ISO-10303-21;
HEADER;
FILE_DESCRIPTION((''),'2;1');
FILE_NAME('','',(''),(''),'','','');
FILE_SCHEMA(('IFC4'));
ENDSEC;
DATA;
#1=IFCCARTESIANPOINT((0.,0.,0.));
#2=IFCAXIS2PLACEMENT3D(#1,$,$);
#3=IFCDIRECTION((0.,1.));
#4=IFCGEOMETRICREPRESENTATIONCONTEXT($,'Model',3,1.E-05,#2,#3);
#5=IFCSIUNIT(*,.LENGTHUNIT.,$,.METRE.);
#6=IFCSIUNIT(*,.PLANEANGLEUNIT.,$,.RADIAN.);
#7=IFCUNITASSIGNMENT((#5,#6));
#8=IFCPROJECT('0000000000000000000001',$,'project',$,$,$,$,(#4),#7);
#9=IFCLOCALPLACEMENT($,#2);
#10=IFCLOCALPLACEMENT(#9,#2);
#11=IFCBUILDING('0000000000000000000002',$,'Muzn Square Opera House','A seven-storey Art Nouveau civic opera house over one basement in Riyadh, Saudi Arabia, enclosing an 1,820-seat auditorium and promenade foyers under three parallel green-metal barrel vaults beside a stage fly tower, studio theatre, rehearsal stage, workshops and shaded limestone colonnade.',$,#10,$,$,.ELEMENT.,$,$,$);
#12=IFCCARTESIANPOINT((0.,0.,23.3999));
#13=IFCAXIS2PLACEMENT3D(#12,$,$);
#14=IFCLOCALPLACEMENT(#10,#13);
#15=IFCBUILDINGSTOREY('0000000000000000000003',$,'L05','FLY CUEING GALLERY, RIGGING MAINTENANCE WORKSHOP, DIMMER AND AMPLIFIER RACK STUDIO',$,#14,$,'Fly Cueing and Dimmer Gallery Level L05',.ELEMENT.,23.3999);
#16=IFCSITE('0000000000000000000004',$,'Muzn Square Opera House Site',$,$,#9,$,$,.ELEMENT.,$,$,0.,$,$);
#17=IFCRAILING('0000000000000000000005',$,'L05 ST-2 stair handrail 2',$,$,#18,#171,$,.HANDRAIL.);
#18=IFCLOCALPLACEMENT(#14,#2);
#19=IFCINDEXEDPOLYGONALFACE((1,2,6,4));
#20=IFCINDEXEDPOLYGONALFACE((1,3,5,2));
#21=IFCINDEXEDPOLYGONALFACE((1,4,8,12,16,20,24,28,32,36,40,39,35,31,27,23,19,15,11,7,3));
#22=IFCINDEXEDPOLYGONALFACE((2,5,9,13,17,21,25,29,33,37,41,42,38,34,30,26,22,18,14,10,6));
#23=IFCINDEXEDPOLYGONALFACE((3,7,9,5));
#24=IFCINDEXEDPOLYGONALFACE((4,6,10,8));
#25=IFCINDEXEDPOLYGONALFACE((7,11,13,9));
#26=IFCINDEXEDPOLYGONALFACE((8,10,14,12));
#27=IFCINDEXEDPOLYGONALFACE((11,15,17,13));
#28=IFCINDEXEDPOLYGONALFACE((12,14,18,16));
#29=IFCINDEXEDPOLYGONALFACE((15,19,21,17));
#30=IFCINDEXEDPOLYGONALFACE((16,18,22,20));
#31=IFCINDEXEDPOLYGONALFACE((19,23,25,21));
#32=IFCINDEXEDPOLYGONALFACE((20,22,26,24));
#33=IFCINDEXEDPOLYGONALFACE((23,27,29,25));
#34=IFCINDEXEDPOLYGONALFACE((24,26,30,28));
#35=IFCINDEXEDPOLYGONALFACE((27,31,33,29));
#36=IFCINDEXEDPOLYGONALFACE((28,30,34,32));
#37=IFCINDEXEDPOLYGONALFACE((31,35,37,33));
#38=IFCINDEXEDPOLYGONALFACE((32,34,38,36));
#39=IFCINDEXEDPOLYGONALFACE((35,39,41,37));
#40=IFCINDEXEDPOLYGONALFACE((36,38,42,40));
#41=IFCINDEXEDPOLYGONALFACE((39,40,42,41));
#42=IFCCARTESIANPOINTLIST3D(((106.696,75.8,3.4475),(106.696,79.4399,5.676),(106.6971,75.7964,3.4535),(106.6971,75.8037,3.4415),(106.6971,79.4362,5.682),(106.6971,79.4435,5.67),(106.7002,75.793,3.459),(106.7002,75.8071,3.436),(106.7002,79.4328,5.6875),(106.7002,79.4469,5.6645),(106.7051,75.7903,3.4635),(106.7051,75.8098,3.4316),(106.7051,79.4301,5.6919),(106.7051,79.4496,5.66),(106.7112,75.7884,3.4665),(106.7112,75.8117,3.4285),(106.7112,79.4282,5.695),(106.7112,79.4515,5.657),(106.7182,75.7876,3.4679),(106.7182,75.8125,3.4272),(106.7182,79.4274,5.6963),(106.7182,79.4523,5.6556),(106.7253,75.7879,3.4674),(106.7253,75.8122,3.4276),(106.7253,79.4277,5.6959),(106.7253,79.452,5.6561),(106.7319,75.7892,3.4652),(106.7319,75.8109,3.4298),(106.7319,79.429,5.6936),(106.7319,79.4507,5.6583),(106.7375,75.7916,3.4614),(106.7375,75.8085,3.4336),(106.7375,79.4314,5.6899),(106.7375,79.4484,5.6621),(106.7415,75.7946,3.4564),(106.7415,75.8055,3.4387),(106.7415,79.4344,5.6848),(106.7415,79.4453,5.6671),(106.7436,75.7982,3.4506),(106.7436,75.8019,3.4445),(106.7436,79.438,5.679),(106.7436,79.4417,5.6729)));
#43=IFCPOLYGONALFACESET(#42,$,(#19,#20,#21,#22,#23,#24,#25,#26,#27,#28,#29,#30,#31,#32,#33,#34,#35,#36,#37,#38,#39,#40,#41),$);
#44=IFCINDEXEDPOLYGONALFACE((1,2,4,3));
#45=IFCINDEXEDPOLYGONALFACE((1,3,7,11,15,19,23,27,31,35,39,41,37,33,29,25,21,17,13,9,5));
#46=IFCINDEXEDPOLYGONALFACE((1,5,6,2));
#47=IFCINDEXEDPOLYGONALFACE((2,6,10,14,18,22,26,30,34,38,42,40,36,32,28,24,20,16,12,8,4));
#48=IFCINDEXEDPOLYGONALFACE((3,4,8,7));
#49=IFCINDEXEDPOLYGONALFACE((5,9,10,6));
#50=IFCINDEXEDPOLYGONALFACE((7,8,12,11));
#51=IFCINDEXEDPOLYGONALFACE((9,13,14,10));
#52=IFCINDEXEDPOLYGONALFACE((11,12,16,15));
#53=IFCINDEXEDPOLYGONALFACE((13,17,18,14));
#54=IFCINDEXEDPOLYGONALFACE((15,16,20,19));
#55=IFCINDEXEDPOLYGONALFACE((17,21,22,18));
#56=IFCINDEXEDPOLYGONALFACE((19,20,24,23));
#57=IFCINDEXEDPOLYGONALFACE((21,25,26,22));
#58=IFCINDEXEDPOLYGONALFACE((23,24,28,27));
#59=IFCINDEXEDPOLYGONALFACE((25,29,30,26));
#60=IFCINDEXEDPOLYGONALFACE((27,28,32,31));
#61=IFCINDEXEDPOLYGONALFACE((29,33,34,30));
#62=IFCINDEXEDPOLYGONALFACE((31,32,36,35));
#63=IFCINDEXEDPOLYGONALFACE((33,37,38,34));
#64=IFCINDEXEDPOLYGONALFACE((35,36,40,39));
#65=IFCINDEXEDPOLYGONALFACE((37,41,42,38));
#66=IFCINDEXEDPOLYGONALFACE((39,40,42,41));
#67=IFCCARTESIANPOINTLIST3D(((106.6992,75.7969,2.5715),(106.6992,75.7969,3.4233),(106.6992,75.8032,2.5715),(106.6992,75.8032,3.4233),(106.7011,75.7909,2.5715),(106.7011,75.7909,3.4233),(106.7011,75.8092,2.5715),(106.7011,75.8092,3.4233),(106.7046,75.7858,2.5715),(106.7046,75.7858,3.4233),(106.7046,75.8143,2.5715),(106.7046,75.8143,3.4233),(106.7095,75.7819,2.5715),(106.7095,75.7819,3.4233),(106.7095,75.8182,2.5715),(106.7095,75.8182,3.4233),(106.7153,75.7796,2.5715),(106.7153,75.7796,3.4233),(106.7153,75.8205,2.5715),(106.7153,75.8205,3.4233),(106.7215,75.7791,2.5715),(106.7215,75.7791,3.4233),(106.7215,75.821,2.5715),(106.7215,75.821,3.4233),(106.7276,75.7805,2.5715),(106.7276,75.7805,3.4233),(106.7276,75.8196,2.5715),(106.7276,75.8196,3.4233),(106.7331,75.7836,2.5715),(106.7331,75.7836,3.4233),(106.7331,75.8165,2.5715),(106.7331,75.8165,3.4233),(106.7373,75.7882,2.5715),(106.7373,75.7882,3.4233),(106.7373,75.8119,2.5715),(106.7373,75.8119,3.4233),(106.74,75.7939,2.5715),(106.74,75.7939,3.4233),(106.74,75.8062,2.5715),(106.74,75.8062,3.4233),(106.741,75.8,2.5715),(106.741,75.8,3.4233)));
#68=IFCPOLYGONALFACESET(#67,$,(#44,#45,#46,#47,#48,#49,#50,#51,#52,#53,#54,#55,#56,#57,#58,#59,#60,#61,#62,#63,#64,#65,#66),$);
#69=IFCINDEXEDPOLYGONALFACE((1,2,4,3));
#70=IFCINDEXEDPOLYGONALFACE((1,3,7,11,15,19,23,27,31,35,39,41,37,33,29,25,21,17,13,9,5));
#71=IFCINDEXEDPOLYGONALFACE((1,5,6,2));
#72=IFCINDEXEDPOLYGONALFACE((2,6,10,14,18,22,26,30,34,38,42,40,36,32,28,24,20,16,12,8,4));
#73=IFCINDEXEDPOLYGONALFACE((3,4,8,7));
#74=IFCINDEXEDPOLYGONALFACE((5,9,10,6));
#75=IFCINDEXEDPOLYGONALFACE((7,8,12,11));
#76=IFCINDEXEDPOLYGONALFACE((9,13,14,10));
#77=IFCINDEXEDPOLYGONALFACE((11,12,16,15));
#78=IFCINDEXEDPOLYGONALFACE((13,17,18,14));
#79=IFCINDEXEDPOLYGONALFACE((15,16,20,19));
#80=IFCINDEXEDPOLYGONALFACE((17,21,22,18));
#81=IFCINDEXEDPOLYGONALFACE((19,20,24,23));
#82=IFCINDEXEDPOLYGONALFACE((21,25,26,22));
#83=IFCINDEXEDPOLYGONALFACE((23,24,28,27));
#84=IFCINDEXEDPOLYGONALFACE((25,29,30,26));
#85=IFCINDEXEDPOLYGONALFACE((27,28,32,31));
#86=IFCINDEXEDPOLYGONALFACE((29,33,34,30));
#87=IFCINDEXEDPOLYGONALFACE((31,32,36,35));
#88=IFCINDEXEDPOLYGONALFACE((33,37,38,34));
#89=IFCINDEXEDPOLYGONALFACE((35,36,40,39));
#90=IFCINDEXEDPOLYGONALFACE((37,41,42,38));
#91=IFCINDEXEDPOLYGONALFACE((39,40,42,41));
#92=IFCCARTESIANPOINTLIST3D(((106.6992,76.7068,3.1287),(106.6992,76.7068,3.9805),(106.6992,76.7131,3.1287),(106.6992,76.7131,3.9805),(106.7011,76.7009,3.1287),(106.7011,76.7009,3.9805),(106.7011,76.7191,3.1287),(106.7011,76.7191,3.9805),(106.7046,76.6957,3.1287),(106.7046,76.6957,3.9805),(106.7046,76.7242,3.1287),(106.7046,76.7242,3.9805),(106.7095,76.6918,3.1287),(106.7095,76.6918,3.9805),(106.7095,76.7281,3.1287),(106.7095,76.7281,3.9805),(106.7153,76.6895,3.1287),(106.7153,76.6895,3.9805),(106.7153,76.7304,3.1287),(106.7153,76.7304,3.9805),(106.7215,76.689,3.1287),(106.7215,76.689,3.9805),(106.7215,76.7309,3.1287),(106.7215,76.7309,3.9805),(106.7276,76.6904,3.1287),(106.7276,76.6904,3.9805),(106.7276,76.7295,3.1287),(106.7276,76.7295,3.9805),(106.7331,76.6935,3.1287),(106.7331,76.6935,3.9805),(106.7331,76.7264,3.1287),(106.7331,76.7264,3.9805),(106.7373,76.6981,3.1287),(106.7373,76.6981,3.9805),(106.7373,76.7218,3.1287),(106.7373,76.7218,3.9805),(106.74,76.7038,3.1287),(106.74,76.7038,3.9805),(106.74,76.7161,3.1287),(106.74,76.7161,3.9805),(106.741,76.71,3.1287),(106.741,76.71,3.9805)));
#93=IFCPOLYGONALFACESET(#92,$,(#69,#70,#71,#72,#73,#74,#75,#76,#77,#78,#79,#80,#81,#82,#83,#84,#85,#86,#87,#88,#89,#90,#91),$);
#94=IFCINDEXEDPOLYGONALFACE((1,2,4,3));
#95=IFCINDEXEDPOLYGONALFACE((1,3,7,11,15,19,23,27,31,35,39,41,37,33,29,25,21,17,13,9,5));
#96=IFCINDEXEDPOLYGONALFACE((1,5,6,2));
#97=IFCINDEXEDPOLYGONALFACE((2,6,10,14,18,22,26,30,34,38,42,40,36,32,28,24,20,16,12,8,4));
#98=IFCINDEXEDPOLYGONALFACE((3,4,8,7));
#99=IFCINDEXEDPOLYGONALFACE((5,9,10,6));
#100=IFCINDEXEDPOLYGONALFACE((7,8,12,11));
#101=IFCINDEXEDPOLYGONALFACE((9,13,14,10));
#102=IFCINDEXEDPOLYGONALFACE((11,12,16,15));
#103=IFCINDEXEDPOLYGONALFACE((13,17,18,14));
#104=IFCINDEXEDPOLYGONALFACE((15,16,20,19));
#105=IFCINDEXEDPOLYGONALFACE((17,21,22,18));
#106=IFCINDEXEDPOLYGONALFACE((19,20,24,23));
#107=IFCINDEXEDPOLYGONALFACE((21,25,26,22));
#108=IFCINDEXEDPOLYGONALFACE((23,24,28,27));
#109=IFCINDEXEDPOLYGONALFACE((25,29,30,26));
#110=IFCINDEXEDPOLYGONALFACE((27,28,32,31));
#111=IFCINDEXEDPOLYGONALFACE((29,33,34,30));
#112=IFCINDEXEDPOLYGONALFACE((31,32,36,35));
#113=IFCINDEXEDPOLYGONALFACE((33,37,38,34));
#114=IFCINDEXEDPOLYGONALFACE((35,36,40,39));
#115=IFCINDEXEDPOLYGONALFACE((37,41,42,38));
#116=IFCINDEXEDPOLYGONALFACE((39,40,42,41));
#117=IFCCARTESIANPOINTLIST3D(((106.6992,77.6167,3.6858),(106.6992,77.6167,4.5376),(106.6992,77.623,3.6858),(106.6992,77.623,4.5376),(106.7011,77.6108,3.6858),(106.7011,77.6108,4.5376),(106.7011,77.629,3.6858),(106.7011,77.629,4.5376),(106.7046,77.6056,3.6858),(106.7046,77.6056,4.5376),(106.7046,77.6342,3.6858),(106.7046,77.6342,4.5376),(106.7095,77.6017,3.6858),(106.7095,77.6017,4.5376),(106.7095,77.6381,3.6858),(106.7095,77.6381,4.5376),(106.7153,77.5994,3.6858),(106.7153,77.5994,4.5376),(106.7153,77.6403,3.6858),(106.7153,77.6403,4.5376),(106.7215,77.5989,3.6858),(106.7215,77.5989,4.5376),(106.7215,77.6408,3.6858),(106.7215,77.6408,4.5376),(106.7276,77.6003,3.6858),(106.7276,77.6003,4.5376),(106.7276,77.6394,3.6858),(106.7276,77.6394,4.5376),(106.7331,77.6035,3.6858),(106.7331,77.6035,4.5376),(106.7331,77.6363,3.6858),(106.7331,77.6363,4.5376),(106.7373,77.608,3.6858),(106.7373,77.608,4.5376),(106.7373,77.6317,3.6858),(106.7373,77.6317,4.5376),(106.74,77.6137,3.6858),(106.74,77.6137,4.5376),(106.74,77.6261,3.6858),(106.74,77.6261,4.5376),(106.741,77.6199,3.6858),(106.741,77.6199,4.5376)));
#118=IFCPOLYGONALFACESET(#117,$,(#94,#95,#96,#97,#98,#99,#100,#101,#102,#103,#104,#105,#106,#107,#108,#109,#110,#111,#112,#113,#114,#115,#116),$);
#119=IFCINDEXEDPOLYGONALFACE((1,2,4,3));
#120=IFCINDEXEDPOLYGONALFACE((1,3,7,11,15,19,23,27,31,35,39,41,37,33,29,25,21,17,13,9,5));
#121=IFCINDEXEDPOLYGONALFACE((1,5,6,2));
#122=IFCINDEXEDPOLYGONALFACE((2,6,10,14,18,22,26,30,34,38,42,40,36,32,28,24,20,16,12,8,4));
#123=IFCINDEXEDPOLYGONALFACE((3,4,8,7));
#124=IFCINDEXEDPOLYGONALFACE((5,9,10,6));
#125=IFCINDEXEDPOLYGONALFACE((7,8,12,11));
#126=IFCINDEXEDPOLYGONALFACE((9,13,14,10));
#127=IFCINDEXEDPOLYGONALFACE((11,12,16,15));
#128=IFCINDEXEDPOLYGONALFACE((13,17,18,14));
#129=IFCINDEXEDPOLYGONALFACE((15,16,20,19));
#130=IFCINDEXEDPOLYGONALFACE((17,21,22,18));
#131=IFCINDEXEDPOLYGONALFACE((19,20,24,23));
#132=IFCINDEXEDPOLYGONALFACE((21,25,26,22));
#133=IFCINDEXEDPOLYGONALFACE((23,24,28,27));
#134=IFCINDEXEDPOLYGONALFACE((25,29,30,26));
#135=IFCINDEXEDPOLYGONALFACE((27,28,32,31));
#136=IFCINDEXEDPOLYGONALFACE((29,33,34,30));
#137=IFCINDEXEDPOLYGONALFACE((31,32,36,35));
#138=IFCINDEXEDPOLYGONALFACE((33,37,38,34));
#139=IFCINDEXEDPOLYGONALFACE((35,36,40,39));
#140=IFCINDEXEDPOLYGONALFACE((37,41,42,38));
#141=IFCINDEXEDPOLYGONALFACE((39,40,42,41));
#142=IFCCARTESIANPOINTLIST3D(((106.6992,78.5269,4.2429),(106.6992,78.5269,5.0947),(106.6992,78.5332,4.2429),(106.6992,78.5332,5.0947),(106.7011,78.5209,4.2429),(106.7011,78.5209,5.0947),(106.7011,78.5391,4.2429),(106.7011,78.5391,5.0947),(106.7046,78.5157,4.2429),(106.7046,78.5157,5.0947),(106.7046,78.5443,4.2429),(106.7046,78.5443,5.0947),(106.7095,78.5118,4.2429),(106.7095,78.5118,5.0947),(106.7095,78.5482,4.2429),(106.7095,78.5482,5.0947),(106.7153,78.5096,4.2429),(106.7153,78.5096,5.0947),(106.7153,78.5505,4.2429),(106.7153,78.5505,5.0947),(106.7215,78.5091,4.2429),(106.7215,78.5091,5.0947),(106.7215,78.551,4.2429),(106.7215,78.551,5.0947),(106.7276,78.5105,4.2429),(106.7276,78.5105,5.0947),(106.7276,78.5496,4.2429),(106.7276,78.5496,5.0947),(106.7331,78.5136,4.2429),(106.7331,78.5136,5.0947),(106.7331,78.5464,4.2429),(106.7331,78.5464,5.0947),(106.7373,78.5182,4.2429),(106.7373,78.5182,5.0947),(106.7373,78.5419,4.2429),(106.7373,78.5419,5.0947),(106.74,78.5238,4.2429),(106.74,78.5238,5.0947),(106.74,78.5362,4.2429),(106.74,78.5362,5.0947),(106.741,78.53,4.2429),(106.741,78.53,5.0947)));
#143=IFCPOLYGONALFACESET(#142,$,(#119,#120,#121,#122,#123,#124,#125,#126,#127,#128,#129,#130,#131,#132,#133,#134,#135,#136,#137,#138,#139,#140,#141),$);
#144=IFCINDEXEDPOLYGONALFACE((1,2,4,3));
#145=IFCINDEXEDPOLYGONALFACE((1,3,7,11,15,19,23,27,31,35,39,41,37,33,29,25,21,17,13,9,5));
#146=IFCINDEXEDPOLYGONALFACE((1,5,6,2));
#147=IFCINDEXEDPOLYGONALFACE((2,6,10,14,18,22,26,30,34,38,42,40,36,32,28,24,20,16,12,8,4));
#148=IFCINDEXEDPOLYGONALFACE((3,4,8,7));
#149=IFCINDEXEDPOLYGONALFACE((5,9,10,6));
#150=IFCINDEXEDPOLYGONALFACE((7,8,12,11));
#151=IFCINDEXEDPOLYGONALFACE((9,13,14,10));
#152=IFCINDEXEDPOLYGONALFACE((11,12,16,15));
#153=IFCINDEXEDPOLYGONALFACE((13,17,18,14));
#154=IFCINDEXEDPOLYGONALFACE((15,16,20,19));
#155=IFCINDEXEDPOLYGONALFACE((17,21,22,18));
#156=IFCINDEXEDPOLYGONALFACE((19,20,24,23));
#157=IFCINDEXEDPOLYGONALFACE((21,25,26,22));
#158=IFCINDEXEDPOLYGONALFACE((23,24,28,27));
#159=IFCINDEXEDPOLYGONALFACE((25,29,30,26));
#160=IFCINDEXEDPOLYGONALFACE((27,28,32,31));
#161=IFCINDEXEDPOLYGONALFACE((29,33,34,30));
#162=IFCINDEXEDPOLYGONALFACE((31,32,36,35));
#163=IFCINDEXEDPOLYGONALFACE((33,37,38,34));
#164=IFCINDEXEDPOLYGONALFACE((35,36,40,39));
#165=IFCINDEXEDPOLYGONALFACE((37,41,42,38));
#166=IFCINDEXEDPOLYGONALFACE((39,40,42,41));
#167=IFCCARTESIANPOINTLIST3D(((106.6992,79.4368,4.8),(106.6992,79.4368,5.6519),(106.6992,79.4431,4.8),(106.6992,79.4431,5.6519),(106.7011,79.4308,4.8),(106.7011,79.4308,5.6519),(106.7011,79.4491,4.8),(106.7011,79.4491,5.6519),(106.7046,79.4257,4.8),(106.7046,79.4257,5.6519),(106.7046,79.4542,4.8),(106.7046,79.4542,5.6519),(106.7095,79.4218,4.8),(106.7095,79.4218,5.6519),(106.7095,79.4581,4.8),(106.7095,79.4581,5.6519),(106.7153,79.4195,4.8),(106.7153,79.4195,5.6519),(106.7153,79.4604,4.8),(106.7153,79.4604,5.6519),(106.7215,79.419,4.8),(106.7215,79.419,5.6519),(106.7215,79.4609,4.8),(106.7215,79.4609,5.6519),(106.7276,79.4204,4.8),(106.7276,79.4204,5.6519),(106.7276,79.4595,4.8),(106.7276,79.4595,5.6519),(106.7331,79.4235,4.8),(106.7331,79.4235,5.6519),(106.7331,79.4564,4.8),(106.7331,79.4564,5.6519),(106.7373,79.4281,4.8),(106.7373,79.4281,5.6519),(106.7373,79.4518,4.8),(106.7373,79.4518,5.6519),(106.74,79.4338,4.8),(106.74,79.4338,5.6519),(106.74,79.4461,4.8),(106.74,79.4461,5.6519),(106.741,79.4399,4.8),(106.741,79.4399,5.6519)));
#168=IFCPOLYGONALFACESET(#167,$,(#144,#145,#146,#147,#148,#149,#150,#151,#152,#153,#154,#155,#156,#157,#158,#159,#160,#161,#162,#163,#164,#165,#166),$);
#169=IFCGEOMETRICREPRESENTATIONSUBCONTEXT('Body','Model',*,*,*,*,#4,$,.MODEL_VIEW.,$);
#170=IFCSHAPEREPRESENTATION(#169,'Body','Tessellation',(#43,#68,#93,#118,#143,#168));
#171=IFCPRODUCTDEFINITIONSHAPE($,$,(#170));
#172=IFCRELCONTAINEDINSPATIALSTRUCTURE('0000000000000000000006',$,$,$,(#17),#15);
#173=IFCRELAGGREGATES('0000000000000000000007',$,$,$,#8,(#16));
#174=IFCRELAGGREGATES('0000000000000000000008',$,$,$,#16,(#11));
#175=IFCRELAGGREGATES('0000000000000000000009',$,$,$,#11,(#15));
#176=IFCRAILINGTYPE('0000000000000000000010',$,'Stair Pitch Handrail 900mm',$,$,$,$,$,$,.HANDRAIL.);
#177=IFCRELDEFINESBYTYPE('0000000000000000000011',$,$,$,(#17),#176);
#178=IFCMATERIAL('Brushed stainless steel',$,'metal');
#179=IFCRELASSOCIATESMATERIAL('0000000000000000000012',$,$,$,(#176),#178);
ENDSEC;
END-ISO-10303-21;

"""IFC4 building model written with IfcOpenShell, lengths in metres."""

from ifc_helpers import new_model, si_unit, direction, frame, origin, origin_2d, place, context, subcontext, project, spatial, circle, extrude, material, type_object, element, save


model = new_model("IFC4")

# Units and contexts
model_context = context("Model", 3, precision=1e-05, world=origin(), true_north=direction((0.0, 1.0)))
body_context = subcontext(model_context, "Body", "Model", "MODEL_VIEW")
ifc_project = project(units=[si_unit("LENGTHUNIT", "METRE"), si_unit("PLANEANGLEUNIT", "RADIAN")], contexts=[model_context])

# Site, building, storey
site_placement = place(None, origin())
site = spatial("IfcSite", under=ifc_project, at=site_placement, Name="Muzn Square Opera House Site", CompositionType="ELEMENT", RefElevation=0.0)
building_placement = place(site_placement, origin())
building = spatial("IfcBuilding", under=site, at=building_placement, Name="Muzn Square Opera House", Description="A seven-storey Art Nouveau civic opera house over one basement in Riyadh, Saudi Arabia, enclosing an 1,820-seat auditorium and promenade foyers under three parallel green-metal barrel vaults beside a stage fly tower, studio theatre, rehearsal stage, workshops and shaded limestone colonnade.", CompositionType="ELEMENT")
storey_placement = place(building_placement, frame((0.0, 0.0, 23.3999)))
storey = spatial("IfcBuildingStorey", under=building, at=storey_placement, Name="L05", Description="FLY CUEING GALLERY, RIGGING MAINTENANCE WORKSHOP, DIMMER AND AMPLIFIER RACK STUDIO", LongName="Fly Cueing and Dimmer Gallery Level L05", CompositionType="ELEMENT", Elevation=23.3999)

# Railing
ifc_material_1 = material(Name="Brushed stainless steel", Category="metal")
railing_type_1 = type_object("IfcRailingType", Name="Stair Pitch Handrail 900mm", PredefinedType="HANDRAIL", material=ifc_material_1)
railing_1_placement = place(storey_placement, frame((106.72, 75.8, 2.5715)))
element("IfcRailing", 1, at=railing_1_placement, inside=storey, type_object=railing_type_1, Name="L05 ST-2 stair handrail 2", PredefinedType="HANDRAIL", context=body_context, shape_type="SweptSolid", body=[
    extrude(circle(Radius=0.0239, at=origin_2d()), frame((0.0, 0.0, 0.876), z_axis=(0.0, 0.85285, 0.522156), x_axis=(-1.0, 0.0, 0.0)), (0.0, 0.0, 1.0), 4.2678),
    extrude(circle(Radius=0.021, at=origin_2d()), origin(), (0.0, 0.0, 1.0), 0.8518),
    extrude(circle(Radius=0.021, at=origin_2d()), frame((0.0, 0.9099, 0.5571)), (0.0, 0.0, 1.0), 0.8518),
    extrude(circle(Radius=0.021, at=origin_2d()), frame((0.0, 1.8198, 1.1143)), (0.0, 0.0, 1.0), 0.8518),
    extrude(circle(Radius=0.021, at=origin_2d()), frame((0.0, 2.73, 1.6714)), (0.0, 0.0, 1.0), 0.8518),
    extrude(circle(Radius=0.021, at=origin_2d()), frame((0.0, 3.6399, 2.2285)), (0.0, 0.0, 1.0), 0.8518),
])

save(model, "model.ifc")
